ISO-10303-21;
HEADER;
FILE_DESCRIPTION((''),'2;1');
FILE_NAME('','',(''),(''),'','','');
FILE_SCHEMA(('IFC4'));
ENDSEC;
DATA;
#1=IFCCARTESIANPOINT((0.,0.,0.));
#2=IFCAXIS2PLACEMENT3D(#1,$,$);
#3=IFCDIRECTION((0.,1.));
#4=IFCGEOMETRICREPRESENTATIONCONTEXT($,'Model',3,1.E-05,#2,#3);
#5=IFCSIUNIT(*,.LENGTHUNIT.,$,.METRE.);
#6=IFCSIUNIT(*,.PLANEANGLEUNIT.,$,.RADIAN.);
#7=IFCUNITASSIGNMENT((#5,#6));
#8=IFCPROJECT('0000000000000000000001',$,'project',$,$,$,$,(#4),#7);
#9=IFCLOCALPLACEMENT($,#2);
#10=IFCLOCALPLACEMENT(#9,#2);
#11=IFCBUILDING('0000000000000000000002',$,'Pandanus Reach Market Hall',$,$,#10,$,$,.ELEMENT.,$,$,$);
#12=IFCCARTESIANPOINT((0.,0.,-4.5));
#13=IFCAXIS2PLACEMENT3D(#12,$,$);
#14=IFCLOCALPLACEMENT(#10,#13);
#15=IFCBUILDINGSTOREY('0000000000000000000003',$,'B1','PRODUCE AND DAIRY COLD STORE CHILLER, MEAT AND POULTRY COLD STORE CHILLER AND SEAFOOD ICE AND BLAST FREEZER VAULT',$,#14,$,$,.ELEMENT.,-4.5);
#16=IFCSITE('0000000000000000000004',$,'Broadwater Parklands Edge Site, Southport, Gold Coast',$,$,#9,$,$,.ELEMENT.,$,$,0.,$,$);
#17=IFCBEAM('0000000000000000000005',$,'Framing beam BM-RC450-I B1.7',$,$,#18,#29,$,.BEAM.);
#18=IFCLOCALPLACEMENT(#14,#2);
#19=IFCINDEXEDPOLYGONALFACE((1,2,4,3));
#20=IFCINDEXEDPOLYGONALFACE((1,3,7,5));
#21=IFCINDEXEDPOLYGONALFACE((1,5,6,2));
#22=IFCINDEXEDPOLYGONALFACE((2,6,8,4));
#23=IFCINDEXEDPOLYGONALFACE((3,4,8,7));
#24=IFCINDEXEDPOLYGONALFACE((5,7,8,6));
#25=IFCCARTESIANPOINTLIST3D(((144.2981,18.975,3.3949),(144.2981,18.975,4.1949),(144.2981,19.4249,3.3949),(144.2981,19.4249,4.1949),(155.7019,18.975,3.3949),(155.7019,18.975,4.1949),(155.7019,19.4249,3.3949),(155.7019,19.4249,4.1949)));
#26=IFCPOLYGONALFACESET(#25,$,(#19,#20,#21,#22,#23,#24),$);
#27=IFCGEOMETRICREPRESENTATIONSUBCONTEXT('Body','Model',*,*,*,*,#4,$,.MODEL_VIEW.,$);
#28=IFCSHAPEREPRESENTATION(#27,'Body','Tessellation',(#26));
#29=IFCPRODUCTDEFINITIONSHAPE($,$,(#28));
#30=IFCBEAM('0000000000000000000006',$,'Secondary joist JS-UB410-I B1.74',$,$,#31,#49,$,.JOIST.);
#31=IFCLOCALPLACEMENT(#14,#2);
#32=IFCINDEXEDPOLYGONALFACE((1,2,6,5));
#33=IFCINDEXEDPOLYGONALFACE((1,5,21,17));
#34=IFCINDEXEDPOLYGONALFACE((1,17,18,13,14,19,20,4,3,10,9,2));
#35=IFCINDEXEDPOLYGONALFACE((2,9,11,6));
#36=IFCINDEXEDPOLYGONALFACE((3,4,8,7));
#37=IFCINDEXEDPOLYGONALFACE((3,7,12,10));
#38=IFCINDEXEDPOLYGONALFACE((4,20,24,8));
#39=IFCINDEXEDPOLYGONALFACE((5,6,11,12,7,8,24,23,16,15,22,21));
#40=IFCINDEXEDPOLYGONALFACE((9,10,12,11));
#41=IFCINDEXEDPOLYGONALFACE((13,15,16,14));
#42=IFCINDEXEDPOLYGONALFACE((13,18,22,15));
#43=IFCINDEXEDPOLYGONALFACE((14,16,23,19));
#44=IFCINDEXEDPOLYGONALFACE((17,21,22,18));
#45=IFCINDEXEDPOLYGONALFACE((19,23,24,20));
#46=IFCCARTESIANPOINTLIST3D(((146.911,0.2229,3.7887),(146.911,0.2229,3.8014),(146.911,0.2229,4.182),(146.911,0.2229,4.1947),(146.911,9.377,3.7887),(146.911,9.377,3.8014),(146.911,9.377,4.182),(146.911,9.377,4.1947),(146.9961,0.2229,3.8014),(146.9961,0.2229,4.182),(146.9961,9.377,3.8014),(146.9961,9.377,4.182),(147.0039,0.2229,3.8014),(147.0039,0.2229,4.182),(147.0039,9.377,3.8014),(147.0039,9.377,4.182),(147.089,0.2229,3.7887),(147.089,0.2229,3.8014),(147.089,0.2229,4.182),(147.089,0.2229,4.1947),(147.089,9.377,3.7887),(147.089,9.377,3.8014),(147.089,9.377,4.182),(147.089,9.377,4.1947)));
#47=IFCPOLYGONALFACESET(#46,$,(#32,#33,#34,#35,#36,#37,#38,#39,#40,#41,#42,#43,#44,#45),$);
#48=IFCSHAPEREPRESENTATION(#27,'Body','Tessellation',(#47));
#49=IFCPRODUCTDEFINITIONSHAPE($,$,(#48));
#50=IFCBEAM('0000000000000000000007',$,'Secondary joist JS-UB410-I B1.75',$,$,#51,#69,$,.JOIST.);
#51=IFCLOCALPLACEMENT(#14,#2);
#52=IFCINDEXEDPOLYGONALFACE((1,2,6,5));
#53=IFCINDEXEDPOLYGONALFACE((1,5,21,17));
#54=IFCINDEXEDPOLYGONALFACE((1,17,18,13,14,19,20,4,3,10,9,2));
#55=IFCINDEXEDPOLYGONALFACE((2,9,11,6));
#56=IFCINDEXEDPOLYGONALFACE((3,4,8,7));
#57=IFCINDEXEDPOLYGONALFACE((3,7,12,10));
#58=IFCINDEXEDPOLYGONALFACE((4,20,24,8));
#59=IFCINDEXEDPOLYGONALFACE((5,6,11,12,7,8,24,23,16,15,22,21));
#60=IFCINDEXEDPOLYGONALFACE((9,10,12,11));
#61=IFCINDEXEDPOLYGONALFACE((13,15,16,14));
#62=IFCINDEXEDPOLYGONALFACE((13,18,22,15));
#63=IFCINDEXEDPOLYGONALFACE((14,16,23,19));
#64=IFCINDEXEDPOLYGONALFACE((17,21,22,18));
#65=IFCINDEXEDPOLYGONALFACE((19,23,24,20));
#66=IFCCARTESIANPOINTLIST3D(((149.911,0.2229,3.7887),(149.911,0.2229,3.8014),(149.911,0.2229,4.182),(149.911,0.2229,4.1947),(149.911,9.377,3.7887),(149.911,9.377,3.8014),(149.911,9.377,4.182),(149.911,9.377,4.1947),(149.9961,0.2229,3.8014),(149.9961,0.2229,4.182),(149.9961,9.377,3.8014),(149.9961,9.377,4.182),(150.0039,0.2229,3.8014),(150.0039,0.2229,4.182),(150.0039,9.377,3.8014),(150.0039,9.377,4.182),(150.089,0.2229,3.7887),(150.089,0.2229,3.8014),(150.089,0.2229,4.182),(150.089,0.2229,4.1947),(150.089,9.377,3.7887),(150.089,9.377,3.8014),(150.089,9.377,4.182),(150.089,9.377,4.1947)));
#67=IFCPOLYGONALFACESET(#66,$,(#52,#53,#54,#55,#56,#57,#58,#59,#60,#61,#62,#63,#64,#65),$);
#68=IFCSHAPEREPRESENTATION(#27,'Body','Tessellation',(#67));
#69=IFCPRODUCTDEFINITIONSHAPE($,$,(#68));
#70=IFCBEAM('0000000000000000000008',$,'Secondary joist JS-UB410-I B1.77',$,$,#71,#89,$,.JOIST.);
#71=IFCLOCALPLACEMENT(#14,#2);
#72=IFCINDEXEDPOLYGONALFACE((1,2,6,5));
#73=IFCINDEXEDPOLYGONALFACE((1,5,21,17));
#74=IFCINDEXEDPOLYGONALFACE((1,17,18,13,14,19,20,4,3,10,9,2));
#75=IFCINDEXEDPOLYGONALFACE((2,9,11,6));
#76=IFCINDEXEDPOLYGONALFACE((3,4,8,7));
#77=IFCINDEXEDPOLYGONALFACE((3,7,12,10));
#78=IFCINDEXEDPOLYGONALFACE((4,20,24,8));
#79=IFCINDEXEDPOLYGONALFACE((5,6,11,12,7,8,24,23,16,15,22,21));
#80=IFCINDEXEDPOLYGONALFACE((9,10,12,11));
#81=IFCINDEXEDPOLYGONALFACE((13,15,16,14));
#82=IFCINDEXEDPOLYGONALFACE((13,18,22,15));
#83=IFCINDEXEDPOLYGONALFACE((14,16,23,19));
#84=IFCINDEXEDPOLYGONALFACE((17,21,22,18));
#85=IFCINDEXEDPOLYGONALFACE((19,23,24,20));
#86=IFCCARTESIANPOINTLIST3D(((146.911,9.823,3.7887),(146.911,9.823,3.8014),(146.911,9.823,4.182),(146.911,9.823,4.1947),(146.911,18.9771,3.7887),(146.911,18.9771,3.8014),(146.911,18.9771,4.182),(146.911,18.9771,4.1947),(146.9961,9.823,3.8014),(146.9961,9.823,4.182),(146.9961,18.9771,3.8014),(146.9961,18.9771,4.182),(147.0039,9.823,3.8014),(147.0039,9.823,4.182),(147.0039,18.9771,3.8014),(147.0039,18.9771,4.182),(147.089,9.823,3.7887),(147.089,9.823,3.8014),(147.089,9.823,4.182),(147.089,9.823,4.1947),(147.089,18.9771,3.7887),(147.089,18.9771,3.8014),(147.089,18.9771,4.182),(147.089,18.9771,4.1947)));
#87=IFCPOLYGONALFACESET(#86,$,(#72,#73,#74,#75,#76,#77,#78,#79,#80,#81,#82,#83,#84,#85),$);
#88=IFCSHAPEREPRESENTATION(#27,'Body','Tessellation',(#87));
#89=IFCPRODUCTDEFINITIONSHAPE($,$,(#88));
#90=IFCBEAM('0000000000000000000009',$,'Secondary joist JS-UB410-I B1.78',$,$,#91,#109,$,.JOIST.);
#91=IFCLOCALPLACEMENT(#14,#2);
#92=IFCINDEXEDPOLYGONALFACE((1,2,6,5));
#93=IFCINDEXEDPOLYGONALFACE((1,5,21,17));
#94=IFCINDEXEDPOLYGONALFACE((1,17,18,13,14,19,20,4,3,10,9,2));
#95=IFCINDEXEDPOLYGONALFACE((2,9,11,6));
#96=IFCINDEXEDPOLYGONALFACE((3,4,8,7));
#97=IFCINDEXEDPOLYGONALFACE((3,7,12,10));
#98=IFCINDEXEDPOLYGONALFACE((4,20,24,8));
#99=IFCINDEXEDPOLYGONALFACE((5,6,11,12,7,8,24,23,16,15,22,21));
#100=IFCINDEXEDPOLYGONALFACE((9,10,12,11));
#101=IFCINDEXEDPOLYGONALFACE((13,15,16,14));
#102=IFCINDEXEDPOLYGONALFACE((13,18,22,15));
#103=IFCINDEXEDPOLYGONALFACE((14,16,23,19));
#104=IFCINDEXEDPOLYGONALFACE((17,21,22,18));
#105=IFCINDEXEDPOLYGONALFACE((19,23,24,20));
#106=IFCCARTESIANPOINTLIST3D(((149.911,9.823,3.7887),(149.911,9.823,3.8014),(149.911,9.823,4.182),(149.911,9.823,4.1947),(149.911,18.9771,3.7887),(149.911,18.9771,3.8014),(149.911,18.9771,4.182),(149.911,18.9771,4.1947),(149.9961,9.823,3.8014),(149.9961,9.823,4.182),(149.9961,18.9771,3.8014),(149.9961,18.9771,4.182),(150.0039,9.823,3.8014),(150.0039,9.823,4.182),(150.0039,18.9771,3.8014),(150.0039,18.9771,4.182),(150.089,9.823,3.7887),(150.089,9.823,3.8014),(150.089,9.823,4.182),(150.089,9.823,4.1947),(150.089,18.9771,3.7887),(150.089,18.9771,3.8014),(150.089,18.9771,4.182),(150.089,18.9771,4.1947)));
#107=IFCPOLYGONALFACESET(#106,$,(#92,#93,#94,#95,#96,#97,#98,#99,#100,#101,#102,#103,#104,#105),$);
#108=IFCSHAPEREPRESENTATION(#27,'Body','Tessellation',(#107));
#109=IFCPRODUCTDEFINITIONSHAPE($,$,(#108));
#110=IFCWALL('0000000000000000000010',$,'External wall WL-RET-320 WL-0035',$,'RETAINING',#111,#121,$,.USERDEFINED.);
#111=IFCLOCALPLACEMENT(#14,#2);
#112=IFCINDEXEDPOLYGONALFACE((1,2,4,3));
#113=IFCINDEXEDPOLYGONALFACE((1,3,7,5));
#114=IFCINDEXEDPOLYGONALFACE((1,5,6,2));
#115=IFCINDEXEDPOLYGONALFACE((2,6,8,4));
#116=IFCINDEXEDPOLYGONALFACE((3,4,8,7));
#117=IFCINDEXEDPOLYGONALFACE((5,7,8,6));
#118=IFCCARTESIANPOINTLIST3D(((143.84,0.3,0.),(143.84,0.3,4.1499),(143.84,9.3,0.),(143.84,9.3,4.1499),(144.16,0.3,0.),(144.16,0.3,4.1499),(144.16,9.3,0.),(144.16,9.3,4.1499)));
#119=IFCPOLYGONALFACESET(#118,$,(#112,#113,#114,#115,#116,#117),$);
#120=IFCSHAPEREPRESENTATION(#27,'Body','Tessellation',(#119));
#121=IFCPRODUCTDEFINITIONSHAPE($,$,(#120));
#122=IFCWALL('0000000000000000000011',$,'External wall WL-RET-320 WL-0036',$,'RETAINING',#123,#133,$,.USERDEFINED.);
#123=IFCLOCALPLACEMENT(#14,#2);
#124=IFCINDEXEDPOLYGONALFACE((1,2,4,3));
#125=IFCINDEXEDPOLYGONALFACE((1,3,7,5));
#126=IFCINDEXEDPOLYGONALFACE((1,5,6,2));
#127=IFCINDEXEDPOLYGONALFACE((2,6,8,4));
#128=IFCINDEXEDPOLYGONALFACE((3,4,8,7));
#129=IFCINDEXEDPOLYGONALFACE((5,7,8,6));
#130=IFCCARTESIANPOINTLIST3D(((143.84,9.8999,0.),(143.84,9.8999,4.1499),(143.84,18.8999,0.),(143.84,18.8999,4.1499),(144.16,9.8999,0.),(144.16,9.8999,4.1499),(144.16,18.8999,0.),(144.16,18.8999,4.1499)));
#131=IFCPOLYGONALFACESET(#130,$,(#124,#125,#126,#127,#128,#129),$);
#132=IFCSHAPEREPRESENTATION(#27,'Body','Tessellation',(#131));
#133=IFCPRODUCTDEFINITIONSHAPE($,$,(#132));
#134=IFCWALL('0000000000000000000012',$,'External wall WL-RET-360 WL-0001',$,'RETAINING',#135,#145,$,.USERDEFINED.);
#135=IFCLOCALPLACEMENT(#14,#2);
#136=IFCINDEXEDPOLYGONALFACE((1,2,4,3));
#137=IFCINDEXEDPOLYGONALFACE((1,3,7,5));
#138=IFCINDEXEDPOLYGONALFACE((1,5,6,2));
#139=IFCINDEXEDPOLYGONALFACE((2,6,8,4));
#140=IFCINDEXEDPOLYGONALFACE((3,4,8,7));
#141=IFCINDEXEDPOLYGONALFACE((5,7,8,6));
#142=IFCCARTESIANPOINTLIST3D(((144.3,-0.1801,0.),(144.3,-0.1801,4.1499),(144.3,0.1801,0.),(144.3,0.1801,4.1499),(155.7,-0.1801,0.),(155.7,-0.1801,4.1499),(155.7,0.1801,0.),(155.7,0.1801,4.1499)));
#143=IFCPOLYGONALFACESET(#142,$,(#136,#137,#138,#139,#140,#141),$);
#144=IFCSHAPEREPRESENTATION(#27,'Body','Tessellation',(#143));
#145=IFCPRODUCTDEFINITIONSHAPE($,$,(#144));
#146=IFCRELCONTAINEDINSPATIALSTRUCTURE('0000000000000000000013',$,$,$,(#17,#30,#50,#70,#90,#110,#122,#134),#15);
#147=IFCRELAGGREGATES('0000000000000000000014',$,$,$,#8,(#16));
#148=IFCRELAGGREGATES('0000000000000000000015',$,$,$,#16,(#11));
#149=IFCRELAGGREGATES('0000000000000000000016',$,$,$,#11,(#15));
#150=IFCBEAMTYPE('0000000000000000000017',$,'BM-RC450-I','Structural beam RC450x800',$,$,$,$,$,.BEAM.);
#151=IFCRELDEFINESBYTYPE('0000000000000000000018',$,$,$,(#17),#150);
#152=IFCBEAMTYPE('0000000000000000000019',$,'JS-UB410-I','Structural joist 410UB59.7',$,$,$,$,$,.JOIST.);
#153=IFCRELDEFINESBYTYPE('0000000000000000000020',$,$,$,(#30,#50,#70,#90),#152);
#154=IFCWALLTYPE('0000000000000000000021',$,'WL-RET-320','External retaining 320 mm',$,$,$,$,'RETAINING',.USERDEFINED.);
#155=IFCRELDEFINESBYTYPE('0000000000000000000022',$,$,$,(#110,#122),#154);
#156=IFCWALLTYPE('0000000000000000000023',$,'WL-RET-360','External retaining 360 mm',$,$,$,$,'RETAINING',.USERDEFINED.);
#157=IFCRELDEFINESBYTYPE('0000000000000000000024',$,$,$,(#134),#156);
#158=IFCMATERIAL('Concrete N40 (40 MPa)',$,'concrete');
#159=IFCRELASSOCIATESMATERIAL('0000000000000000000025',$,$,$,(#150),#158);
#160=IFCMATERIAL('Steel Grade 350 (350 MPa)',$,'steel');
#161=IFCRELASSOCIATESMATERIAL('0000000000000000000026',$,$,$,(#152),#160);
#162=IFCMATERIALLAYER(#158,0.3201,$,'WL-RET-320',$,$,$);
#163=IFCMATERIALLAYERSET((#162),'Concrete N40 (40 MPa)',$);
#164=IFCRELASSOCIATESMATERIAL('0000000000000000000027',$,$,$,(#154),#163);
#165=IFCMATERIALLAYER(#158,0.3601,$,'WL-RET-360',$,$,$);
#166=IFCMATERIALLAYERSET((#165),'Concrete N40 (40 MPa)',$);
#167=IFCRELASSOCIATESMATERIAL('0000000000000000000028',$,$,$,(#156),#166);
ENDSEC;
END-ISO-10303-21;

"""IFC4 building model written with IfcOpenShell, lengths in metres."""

from ifc_helpers import new_model, si_unit, direction, frame, frame_2d, origin, origin_2d, place, context, subcontext, project, spatial, rectangle, i_section, extrude, material, layer, layer_set, material_profile, profile_set, type_object, element, save


model = new_model("IFC4")

# Units and contexts
model_context = context("Model", 3, precision=1e-05, world=origin(), true_north=direction((0.0, 1.0)))
body_context = subcontext(model_context, "Body", "Model", "MODEL_VIEW")
ifc_project = project(units=[si_unit("LENGTHUNIT", "METRE"), si_unit("PLANEANGLEUNIT", "RADIAN")], contexts=[model_context])

# Site, building, storey
site_placement = place(None, origin())
site = spatial("IfcSite", under=ifc_project, at=site_placement, Name="Broadwater Parklands Edge Site, Southport, Gold Coast", CompositionType="ELEMENT", RefElevation=0.0)
building_placement = place(site_placement, origin())
building = spatial("IfcBuilding", under=site, at=building_placement, Name="Pandanus Reach Market Hall", CompositionType="ELEMENT")
storey_placement = place(building_placement, frame((0.0, 0.0, -4.5)))
storey = spatial("IfcBuildingStorey", under=building, at=storey_placement, Name="B1", Description="PRODUCE AND DAIRY COLD STORE CHILLER, MEAT AND POULTRY COLD STORE CHILLER AND SEAFOOD ICE AND BLAST FREEZER VAULT", CompositionType="ELEMENT", Elevation=-4.5)

# Shared definitions
ifc_material_1 = material(Name="Concrete N40 (40 MPa)", Category="concrete")

# Beams
ifc_material_profile_1 = material_profile(ifc_material_1, rectangle(XDim=0.45, YDim=0.8, at=origin_2d()), Name="RC450x800", Category="LoadBearing")
ifc_profile_set_1 = profile_set([ifc_material_profile_1], Name="Concrete N40 (40 MPa)")
beam_type_1 = type_object("IfcBeamType", Name="BM-RC450-I", Description="Structural beam RC450x800", PredefinedType="BEAM", material=ifc_profile_set_1)
for number, where, z_axis, x_axis, name in (
    (1, (144.2981, 19.2, 3.7949), (1.0, 0.0, 0.0), (0.0, 1.0, 0.0), "Framing beam BM-RC450-I B1.7"),
):
    element("IfcBeam", number, at=place(storey_placement, frame(where, z_axis=z_axis, x_axis=x_axis)), inside=storey, type_object=beam_type_1, Name=name, PredefinedType="BEAM", context=body_context, shape_type="SweptSolid", body=[
        extrude(rectangle(XDim=0.45, YDim=0.8, at=origin_2d()), origin(), (0.0, 0.0, 1.0), 11.4038),
    ])
ifc_material_2 = material(Name="Steel Grade 350 (350 MPa)", Category="steel")
ifc_material_profile_2 = material_profile(ifc_material_2, i_section(OverallWidth=0.178, OverallDepth=0.406, WebThickness=0.0078, FlangeThickness=0.0127, at=origin_2d()), Name="410UB59.7", Category="LoadBearing")
ifc_profile_set_2 = profile_set([ifc_material_profile_2], Name="Steel Grade 350 (350 MPa)")
beam_type_2 = type_object("IfcBeamType", Name="JS-UB410-I", Description="Structural joist 410UB59.7", PredefinedType="JOIST", material=ifc_profile_set_2)
for number, where, z_axis, x_axis, name in (
    (2, (147.0, 0.2229, 3.9917), (0.0, 1.0, 0.0), (-1.0, 0.0, 0.0), "Secondary joist JS-UB410-I B1.74"),
    (3, (150.0, 0.2229, 3.9917), (0.0, 1.0, 0.0), (-1.0, 0.0, 0.0), "Secondary joist JS-UB410-I B1.75"),
    (4, (147.0, 9.823, 3.9917), (0.0, 1.0, 0.0), (-1.0, 0.0, 0.0), "Secondary joist JS-UB410-I B1.77"),
    (5, (150.0, 9.823, 3.9917), (0.0, 1.0, 0.0), (-1.0, 0.0, 0.0), "Secondary joist JS-UB410-I B1.78"),
):
    element("IfcBeam", number, at=place(storey_placement, frame(where, z_axis=z_axis, x_axis=x_axis)), inside=storey, type_object=beam_type_2, Name=name, PredefinedType="JOIST", context=body_context, shape_type="SweptSolid", body=[
        extrude(i_section(OverallWidth=0.178, OverallDepth=0.406, WebThickness=0.0078, FlangeThickness=0.0127, at=origin_2d()), origin(), (0.0, 0.0, 1.0), 9.1541),
    ])

# Walls
ifc_layer_1 = layer(ifc_material_1, 0.3201, Name="WL-RET-320")
ifc_layer_set_1 = layer_set([ifc_layer_1], Name="Concrete N40 (40 MPa)")
wall_type_1 = type_object("IfcWallType", Name="WL-RET-320", Description="External retaining 320 mm", ElementType="RETAINING", PredefinedType="USERDEFINED", material=ifc_layer_set_1)
for number, where, z_axis, x_axis, name in (
    (6, (144.0, 0.3, 0.0), (0.0, 0.0, 1.0), (0.0, 1.0, 0.0), "External wall WL-RET-320 WL-0035"),
    (7, (144.0, 9.8999, 0.0), (0.0, 0.0, 1.0), (0.0, 1.0, 0.0), "External wall WL-RET-320 WL-0036"),
):
    element("IfcWall", number, at=place(storey_placement, frame(where, z_axis=z_axis, x_axis=x_axis)), inside=storey, type_object=wall_type_1, Name=name, ObjectType="RETAINING", PredefinedType="USERDEFINED", context=body_context, shape_type="SweptSolid", body=[
        extrude(rectangle(XDim=9.0, YDim=0.3201, at=frame_2d((4.5, 0.0))), origin(), (0.0, 0.0, 1.0), 4.1499),
    ])
ifc_layer_2 = layer(ifc_material_1, 0.3601, Name="WL-RET-360")
ifc_layer_set_2 = layer_set([ifc_layer_2], Name="Concrete N40 (40 MPa)")
wall_type_2 = type_object("IfcWallType", Name="WL-RET-360", Description="External retaining 360 mm", ElementType="RETAINING", PredefinedType="USERDEFINED", material=ifc_layer_set_2)
wall_placement = place(storey_placement, frame((144.3, 0.0, 0.0), z_axis=(0.0, 0.0, 1.0), x_axis=(1.0, 0.0, 0.0)))
element("IfcWall", 8, at=wall_placement, inside=storey, type_object=wall_type_2, Name="External wall WL-RET-360 WL-0001", ObjectType="RETAINING", PredefinedType="USERDEFINED", context=body_context, shape_type="SweptSolid", body=[
    extrude(rectangle(XDim=11.3999, YDim=0.3601, at=frame_2d((5.7, 0.0))), origin(), (0.0, 0.0, 1.0), 4.1499),
])

save(model, "model.ifc")
